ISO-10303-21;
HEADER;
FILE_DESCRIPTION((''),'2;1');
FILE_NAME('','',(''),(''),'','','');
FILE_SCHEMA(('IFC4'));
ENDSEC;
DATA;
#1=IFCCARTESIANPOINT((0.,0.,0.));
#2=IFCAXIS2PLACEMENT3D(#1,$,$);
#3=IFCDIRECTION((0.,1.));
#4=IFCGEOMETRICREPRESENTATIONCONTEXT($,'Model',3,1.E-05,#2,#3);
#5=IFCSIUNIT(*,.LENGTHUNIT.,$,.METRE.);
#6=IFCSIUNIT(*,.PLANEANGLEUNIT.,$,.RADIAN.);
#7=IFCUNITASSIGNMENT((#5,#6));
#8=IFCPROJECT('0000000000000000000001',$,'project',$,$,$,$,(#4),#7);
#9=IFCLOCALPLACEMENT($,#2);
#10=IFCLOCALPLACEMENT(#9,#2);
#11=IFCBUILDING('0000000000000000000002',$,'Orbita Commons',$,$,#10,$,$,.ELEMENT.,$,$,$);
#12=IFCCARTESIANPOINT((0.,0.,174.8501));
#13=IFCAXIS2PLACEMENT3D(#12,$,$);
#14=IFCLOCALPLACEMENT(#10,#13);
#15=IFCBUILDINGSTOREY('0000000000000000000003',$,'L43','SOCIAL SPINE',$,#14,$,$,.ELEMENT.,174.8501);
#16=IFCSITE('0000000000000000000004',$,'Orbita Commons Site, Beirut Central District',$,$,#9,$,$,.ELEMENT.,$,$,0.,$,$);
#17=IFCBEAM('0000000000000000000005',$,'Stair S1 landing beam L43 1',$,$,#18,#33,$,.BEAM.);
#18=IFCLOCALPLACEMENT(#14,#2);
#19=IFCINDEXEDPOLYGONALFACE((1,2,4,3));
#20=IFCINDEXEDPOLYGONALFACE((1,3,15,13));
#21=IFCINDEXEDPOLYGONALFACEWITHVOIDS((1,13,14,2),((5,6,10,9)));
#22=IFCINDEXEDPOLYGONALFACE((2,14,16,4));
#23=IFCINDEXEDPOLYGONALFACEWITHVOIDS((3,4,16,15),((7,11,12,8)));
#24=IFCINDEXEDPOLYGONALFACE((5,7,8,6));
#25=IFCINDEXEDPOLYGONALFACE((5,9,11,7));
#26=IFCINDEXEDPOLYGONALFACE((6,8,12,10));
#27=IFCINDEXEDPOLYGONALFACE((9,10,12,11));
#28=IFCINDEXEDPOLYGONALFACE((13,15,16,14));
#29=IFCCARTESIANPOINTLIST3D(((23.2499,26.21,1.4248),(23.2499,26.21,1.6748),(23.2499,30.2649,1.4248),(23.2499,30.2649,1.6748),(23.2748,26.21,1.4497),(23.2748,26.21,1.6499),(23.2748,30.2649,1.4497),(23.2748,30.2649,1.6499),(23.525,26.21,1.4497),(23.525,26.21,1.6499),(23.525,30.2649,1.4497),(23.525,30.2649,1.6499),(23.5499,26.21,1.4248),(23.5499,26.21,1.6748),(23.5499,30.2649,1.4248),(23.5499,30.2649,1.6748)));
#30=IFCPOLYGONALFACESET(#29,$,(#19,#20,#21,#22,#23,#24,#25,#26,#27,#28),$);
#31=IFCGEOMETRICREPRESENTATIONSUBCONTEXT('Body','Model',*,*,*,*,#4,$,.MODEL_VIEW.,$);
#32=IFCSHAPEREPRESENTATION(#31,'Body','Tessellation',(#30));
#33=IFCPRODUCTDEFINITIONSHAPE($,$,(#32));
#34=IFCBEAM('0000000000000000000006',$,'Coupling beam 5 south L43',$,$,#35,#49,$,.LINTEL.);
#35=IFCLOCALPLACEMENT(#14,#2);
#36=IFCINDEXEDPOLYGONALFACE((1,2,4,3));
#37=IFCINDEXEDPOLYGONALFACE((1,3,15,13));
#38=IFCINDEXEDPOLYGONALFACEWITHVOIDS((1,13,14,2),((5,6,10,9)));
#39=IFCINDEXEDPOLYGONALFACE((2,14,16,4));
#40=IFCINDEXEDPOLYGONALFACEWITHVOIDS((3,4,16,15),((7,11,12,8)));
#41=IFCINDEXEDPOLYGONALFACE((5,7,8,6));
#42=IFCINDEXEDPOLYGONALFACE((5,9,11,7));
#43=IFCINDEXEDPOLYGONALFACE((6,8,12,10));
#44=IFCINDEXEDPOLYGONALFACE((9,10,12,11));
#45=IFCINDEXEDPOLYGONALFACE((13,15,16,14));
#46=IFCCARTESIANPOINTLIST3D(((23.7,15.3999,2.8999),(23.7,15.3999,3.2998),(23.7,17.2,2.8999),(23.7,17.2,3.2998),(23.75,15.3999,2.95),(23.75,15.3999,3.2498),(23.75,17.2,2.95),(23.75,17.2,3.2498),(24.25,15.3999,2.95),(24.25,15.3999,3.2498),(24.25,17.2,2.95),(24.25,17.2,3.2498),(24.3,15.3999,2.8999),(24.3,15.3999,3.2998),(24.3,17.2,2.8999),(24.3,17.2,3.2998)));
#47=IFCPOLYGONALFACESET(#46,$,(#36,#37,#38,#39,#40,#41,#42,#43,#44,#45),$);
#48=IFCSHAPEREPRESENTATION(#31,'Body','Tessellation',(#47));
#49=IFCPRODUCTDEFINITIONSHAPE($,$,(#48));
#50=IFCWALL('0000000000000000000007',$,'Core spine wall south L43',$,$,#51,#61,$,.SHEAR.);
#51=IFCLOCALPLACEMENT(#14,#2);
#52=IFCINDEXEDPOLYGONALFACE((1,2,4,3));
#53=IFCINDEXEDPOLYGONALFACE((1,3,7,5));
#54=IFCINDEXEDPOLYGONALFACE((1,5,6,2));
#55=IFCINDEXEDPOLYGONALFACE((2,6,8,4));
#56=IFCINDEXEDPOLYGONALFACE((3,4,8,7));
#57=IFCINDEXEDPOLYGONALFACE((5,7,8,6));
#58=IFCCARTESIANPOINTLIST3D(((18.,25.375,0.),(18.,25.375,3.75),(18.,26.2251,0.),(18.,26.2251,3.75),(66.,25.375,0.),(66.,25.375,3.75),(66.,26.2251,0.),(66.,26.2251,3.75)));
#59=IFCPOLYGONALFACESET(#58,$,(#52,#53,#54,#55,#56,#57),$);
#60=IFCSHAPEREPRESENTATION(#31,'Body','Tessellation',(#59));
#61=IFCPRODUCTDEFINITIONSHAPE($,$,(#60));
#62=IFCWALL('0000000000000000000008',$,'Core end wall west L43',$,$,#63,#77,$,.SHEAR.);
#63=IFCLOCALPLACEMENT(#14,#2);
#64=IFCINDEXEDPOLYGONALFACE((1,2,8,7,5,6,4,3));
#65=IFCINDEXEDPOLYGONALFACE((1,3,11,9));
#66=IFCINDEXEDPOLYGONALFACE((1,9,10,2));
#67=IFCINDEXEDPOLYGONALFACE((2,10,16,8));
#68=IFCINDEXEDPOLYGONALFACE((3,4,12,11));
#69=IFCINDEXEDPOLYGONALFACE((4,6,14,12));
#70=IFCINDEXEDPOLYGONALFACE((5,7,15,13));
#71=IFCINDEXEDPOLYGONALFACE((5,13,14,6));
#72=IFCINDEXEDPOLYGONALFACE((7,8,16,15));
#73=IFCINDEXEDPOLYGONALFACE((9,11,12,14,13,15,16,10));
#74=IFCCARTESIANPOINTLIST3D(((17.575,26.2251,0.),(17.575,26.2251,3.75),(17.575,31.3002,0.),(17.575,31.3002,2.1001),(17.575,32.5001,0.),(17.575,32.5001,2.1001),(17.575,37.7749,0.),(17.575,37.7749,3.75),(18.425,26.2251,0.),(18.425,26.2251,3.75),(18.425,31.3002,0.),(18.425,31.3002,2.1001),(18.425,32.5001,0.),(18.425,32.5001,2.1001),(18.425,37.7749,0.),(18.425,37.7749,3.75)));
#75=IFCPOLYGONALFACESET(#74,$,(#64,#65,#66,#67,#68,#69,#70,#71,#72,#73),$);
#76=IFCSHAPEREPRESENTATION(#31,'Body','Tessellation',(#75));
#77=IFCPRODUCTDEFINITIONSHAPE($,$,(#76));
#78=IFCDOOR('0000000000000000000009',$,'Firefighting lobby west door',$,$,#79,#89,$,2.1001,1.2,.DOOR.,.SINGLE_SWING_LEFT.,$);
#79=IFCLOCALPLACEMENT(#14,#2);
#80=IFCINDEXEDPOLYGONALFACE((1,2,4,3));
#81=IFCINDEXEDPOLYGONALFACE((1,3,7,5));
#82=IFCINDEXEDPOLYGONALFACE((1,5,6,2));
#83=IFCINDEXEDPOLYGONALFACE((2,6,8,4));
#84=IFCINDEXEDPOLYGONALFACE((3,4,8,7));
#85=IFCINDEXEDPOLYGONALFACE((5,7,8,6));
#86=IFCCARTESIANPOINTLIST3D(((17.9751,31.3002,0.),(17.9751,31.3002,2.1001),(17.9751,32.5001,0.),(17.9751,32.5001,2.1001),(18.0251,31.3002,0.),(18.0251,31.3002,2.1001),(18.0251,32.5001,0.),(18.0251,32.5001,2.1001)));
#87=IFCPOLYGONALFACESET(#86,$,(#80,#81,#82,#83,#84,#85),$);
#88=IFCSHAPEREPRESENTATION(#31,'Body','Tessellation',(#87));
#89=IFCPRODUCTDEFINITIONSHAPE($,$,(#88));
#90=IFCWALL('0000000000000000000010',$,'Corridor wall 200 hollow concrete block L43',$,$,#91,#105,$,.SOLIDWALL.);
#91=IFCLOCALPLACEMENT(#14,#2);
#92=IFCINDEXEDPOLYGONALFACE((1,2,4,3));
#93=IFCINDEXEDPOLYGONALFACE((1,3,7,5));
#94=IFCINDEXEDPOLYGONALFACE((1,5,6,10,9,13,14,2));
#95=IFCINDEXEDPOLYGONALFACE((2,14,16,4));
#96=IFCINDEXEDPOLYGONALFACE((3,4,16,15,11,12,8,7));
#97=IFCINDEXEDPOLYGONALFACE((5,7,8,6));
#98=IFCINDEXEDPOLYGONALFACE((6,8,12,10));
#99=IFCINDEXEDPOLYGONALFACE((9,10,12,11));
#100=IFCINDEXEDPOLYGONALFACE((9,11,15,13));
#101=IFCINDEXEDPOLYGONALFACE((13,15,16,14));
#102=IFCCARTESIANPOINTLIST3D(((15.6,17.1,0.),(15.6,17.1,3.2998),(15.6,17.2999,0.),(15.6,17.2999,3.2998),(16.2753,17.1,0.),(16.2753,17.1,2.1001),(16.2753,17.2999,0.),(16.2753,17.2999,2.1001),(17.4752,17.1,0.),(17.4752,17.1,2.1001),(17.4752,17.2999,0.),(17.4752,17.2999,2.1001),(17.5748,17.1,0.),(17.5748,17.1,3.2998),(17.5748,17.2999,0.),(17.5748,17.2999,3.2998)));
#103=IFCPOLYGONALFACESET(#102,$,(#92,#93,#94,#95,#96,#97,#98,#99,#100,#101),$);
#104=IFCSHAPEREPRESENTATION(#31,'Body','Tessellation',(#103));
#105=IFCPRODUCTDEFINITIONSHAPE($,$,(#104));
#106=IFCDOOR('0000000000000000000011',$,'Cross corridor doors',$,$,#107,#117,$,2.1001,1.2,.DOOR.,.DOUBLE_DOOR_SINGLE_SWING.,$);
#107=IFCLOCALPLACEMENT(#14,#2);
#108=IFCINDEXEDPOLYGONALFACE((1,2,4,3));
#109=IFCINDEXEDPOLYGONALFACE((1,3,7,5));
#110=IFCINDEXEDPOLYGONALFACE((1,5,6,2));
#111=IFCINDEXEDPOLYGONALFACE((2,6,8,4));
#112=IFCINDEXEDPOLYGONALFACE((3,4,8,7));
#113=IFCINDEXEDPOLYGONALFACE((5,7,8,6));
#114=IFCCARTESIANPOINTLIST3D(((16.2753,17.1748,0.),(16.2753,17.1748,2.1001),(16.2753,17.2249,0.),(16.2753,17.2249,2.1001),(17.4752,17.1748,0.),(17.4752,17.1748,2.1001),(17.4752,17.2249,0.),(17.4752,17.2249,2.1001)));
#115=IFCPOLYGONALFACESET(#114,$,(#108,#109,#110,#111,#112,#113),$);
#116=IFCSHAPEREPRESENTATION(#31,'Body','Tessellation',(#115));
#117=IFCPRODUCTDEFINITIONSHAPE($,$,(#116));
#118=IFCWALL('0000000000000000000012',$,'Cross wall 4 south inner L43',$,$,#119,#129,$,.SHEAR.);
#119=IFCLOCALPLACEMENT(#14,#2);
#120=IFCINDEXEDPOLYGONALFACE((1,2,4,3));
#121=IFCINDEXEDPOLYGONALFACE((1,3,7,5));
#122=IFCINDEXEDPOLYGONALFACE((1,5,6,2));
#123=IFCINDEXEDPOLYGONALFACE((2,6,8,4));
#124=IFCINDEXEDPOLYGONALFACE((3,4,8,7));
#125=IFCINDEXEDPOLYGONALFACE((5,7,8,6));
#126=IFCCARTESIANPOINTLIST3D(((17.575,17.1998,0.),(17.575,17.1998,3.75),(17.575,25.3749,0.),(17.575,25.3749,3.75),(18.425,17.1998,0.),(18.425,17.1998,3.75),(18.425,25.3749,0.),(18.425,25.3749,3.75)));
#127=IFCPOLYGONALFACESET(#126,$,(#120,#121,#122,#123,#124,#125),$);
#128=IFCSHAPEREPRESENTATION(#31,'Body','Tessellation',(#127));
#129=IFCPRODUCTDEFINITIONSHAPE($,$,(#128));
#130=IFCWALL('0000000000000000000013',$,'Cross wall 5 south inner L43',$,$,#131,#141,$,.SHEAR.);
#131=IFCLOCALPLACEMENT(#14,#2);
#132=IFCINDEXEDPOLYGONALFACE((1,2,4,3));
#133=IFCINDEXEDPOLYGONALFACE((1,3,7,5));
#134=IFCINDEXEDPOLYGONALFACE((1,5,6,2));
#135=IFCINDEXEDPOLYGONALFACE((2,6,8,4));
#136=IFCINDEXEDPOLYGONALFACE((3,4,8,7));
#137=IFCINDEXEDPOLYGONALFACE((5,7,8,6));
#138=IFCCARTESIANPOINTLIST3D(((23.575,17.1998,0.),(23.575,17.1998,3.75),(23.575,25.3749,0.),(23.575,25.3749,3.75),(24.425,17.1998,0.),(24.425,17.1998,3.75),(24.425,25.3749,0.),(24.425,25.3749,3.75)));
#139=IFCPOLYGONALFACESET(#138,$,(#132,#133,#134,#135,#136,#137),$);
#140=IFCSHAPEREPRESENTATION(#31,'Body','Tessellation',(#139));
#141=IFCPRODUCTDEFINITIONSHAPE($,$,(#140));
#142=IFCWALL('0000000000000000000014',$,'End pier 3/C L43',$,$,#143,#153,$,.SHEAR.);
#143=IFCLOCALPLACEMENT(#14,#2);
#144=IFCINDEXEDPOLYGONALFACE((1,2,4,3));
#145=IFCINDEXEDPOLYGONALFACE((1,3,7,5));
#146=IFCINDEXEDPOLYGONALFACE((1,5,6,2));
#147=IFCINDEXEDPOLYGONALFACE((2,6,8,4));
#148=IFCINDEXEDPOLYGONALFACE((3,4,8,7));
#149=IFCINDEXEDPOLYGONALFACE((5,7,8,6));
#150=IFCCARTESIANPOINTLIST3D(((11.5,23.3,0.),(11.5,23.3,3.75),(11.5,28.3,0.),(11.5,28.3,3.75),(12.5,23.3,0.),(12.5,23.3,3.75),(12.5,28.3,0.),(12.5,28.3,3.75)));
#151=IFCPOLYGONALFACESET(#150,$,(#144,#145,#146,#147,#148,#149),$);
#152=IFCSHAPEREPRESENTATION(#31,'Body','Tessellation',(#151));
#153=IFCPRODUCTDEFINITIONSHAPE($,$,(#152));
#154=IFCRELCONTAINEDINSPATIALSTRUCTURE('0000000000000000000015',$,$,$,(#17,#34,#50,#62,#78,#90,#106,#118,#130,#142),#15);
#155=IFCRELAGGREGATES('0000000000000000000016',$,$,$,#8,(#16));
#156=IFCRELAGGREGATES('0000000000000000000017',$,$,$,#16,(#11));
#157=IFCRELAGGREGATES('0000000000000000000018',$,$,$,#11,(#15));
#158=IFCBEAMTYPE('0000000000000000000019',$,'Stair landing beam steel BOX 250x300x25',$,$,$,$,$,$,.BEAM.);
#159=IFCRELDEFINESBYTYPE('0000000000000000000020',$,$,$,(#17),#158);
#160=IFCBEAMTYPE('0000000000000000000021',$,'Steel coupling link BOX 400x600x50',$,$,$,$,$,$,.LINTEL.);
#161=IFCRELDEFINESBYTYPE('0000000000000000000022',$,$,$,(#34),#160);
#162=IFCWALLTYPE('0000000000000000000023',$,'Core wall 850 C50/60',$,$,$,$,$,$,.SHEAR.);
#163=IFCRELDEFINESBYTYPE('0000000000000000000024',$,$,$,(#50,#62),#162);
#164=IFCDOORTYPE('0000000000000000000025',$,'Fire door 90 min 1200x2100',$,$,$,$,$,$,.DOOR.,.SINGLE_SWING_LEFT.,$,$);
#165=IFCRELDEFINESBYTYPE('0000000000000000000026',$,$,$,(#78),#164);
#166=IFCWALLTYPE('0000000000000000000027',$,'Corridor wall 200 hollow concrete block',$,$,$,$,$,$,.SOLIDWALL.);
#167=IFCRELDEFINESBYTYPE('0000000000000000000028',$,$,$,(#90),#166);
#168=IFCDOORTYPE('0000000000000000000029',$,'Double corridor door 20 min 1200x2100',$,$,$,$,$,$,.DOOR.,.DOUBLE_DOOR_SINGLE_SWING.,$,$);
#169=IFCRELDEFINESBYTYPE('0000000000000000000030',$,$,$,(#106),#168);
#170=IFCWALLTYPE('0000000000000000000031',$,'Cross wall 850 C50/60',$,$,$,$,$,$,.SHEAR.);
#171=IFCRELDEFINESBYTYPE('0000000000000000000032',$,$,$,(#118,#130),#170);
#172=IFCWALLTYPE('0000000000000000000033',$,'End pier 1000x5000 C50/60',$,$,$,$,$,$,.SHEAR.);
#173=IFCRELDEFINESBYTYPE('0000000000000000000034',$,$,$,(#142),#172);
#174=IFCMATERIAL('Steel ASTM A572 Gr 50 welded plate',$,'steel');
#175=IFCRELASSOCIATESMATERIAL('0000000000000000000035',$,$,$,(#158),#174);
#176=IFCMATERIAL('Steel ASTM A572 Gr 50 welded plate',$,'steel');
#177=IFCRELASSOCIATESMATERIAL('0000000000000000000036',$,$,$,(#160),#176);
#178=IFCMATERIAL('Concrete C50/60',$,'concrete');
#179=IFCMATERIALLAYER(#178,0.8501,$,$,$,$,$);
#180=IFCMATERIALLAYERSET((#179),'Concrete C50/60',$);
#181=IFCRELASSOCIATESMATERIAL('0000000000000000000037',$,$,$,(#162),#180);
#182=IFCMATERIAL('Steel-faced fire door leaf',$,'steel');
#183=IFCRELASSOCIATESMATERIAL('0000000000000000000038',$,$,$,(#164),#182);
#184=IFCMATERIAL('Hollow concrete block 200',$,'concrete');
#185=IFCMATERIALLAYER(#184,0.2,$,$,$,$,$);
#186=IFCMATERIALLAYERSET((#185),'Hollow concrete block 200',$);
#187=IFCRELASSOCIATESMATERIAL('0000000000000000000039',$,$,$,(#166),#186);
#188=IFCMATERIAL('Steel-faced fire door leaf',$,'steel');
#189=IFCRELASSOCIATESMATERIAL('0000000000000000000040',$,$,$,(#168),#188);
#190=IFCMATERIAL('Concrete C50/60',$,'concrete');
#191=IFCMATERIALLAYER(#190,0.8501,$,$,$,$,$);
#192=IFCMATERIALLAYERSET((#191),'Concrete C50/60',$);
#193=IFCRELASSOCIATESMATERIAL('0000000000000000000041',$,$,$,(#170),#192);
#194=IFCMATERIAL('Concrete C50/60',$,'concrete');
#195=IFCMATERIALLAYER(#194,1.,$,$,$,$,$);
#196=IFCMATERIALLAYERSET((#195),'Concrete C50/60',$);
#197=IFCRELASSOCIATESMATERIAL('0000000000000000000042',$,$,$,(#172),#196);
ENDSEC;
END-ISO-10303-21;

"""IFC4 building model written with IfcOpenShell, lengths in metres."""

from ifc_helpers import new_model, si_unit, direction, frame, frame_2d, origin, origin_2d, place, context, subcontext, project, spatial, rectangle, hollow_rectangle, extrude, material, layer, layer_set, material_profile, profile_set, type_object, element, fill, save


model = new_model("IFC4")

# Units and contexts
model_context = context("Model", 3, precision=1e-05, world=origin(), true_north=direction((0.0, 1.0)))
body_context = subcontext(model_context, "Body", "Model", "MODEL_VIEW")
ifc_project = project(units=[si_unit("LENGTHUNIT", "METRE"), si_unit("PLANEANGLEUNIT", "RADIAN")], contexts=[model_context])

# Site, building, storey
site_placement = place(None, origin())
site = spatial("IfcSite", under=ifc_project, at=site_placement, Name="Orbita Commons Site, Beirut Central District", CompositionType="ELEMENT", RefElevation=0.0)
building_placement = place(site_placement, origin())
building = spatial("IfcBuilding", under=site, at=building_placement, Name="Orbita Commons", CompositionType="ELEMENT")
storey_placement = place(building_placement, frame((0.0, 0.0, 174.8501)))
storey = spatial("IfcBuildingStorey", under=building, at=storey_placement, Name="L43", Description="SOCIAL SPINE", CompositionType="ELEMENT", Elevation=174.8501)

# Beams
ifc_material_1 = material(Name="Steel ASTM A572 Gr 50 welded plate", Category="steel")
ifc_material_profile_1 = material_profile(ifc_material_1, hollow_rectangle(XDim=0.3, YDim=0.25, WallThickness=0.0249, at=origin_2d()), Name="BOX 250x300x25")
ifc_profile_set_1 = profile_set([ifc_material_profile_1], Name="Steel ASTM A572 Gr 50 welded plate")
beam_type_1 = type_object("IfcBeamType", Name="Stair landing beam steel BOX 250x300x25", PredefinedType="BEAM", material=ifc_profile_set_1)
beam_1_placement = place(storey_placement, frame((23.3999, 26.21, 1.5498), z_axis=(0.0, 1.0, 0.0), x_axis=(-1.0, 0.0, 0.0)))
element("IfcBeam", 1, at=beam_1_placement, inside=storey, type_object=beam_type_1, Name="Stair S1 landing beam L43 1", PredefinedType="BEAM", context=body_context, shape_type="SweptSolid", body=[
    extrude(hollow_rectangle(XDim=0.3, YDim=0.25, WallThickness=0.0249, at=origin_2d()), origin(), (0.0, 0.0, 1.0), 4.0549),
])
ifc_material_2 = material(Name="Steel ASTM A572 Gr 50 welded plate", Category="steel")
ifc_material_profile_2 = material_profile(ifc_material_2, hollow_rectangle(XDim=0.6001, YDim=0.3999, WallThickness=0.05, at=origin_2d()), Name="BOX 400x600x50")
ifc_profile_set_2 = profile_set([ifc_material_profile_2], Name="Steel ASTM A572 Gr 50 welded plate")
beam_type_2 = type_object("IfcBeamType", Name="Steel coupling link BOX 400x600x50", PredefinedType="LINTEL", material=ifc_profile_set_2)
beam_2_placement = place(storey_placement, frame((24.0, 15.3999, 3.0999), z_axis=(0.0, 1.0, 0.0), x_axis=(-1.0, 0.0, 0.0)))
element("IfcBeam", 2, at=beam_2_placement, inside=storey, type_object=beam_type_2, Name="Coupling beam 5 south L43", PredefinedType="LINTEL", context=body_context, shape_type="SweptSolid", body=[
    extrude(hollow_rectangle(XDim=0.6001, YDim=0.3999, WallThickness=0.05, at=origin_2d()), origin(), (0.0, 0.0, 1.0), 1.8),
])

# Wall
ifc_material_3 = material(Name="Concrete C50/60", Category="concrete")
ifc_layer_1 = layer(ifc_material_3, 0.8501)
ifc_layer_set_1 = layer_set([ifc_layer_1], Name="Concrete C50/60")
wall_type_1 = type_object("IfcWallType", Name="Core wall 850 C50/60", PredefinedType="SHEAR", material=ifc_layer_set_1)
wall_1_placement = place(storey_placement, frame((18.0, 25.8, 0.0), z_axis=(0.0, 0.0, 1.0), x_axis=(1.0, 0.0, 0.0)))
element("IfcWall", 3, at=wall_1_placement, inside=storey, type_object=wall_type_1, Name="Core spine wall south L43", PredefinedType="SHEAR", context=body_context, shape_type="SweptSolid", body=[
    extrude(rectangle(XDim=48.0, YDim=0.8501, at=frame_2d((24.0, 0.0))), origin(), (0.0, 0.0, 1.0), 3.75),
])

# Walls, openings, doors
wall_2_placement = place(storey_placement, frame((18.0, 26.2251, 0.0), z_axis=(0.0, 0.0, 1.0), x_axis=(0.0, 1.0, 0.0)))
wall_2 = element("IfcWall", 4, at=wall_2_placement, inside=storey, type_object=wall_type_1, Name="Core end wall west L43", PredefinedType="SHEAR", context=body_context, shape_type="SweptSolid", body=[
    extrude(rectangle(XDim=11.5498, YDim=0.8501, at=frame_2d((5.7749, 0.0))), origin(), (0.0, 0.0, 1.0), 3.75),
])
opening_1_placement = place(wall_2_placement, frame((5.075, 0.0, 0.0)))
opening_1 = element("IfcOpeningElement", 5, at=opening_1_placement, cuts=wall_2, PredefinedType="OPENING", context=body_context, shape_type="SweptSolid", body=[
    extrude(rectangle(XDim=1.2, YDim=2.1001, at=frame_2d((0.6001, 1.05))), frame((0.0, 0.4351, 0.0), z_axis=(0.0, -1.0, 0.0), x_axis=(1.0, 0.0, 0.0)), (0.0, 0.0, 1.0), 0.8701),
])
ifc_material_4 = material(Name="Steel-faced fire door leaf", Category="steel")
door_type_1 = type_object("IfcDoorType", Name="Fire door 90 min 1200x2100", OperationType="SINGLE_SWING_LEFT", PredefinedType="DOOR", material=ifc_material_4)
door_1_placement = place(opening_1_placement, origin())
door_1 = element("IfcDoor", 6, at=door_1_placement, inside=storey, type_object=door_type_1, Name="Firefighting lobby west door", OperationType="SINGLE_SWING_LEFT", OverallHeight=2.1001, OverallWidth=1.2, PredefinedType="DOOR", context=body_context, shape_type="SweptSolid", body=[
    extrude(rectangle(XDim=1.2, YDim=2.1001, at=frame_2d((0.6001, 1.05))), frame((0.0, 0.0249, 0.0), z_axis=(0.0, -1.0, 0.0), x_axis=(1.0, 0.0, 0.0)), (0.0, 0.0, 1.0), 0.05),
])
fill(opening_1, door_1)
ifc_material_5 = material(Name="Hollow concrete block 200", Category="concrete")
ifc_layer_2 = layer(ifc_material_5, 0.2)
ifc_layer_set_2 = layer_set([ifc_layer_2], Name="Hollow concrete block 200")
wall_type_2 = type_object("IfcWallType", Name="Corridor wall 200 hollow concrete block", PredefinedType="SOLIDWALL", material=ifc_layer_set_2)
wall_3_placement = place(storey_placement, frame((15.6001, 17.2, 0.0), z_axis=(0.0, 0.0, 1.0), x_axis=(1.0, 0.0, 0.0)))
wall_3 = element("IfcWall", 7, at=wall_3_placement, inside=storey, type_object=wall_type_2, Name="Corridor wall 200 hollow concrete block L43", PredefinedType="SOLIDWALL", context=body_context, shape_type="SweptSolid", body=[
    extrude(rectangle(XDim=1.9749, YDim=0.2, at=frame_2d((0.9873, 0.0))), origin(), (0.0, 0.0, 1.0), 3.2998),
])
opening_2_placement = place(wall_3_placement, frame((0.675, 0.0, 0.0)))
opening_2 = element("IfcOpeningElement", 8, at=opening_2_placement, cuts=wall_3, PredefinedType="OPENING", context=body_context, shape_type="SweptSolid", body=[
    extrude(rectangle(XDim=1.2, YDim=2.1001, at=frame_2d((0.6001, 1.05))), frame((0.0, 0.1099, 0.0), z_axis=(0.0, -1.0, 0.0), x_axis=(1.0, 0.0, 0.0)), (0.0, 0.0, 1.0), 0.22),
])
ifc_material_6 = material(Name="Steel-faced fire door leaf", Category="steel")
door_type_2 = type_object("IfcDoorType", Name="Double corridor door 20 min 1200x2100", OperationType="DOUBLE_DOOR_SINGLE_SWING", PredefinedType="DOOR", material=ifc_material_6)
door_2_placement = place(opening_2_placement, origin())
door_2 = element("IfcDoor", 9, at=door_2_placement, inside=storey, type_object=door_type_2, Name="Cross corridor doors", OperationType="DOUBLE_DOOR_SINGLE_SWING", OverallHeight=2.1001, OverallWidth=1.2, PredefinedType="DOOR", context=body_context, shape_type="SweptSolid", body=[
    extrude(rectangle(XDim=1.2, YDim=2.1001, at=frame_2d((0.6001, 1.05))), frame((0.0, 0.0249, 0.0), z_axis=(0.0, -1.0, 0.0), x_axis=(1.0, 0.0, 0.0)), (0.0, 0.0, 1.0), 0.05),
])
fill(opening_2, door_2)

# Walls
ifc_material_7 = material(Name="Concrete C50/60", Category="concrete")
ifc_layer_3 = layer(ifc_material_7, 0.8501)
ifc_layer_set_3 = layer_set([ifc_layer_3], Name="Concrete C50/60")
wall_type_3 = type_object("IfcWallType", Name="Cross wall 850 C50/60", PredefinedType="SHEAR", material=ifc_layer_set_3)
for number, where, z_axis, x_axis, name in (
    (10, (18.0, 17.2, 0.0), (0.0, 0.0, 1.0), (0.0, 1.0, 0.0), "Cross wall 4 south inner L43"),
    (11, (24.0, 17.2, 0.0), (0.0, 0.0, 1.0), (0.0, 1.0, 0.0), "Cross wall 5 south inner L43"),
):
    element("IfcWall", number, at=place(storey_placement, frame(where, z_axis=z_axis, x_axis=x_axis)), inside=storey, type_object=wall_type_3, Name=name, PredefinedType="SHEAR", context=body_context, shape_type="SweptSolid", body=[
        extrude(rectangle(XDim=8.175, YDim=0.8501, at=frame_2d((4.0874, 0.0))), origin(), (0.0, 0.0, 1.0), 3.75),
    ])
ifc_material_8 = material(Name="Concrete C50/60", Category="concrete")
ifc_layer_4 = layer(ifc_material_8, 1.0)
ifc_layer_set_4 = layer_set([ifc_layer_4], Name="Concrete C50/60")
wall_type_4 = type_object("IfcWallType", Name="End pier 1000x5000 C50/60", PredefinedType="SHEAR", material=ifc_layer_set_4)
wall_4_placement = place(storey_placement, frame((12.0, 23.3, 0.0), z_axis=(0.0, 0.0, 1.0), x_axis=(0.0, 1.0, 0.0)))
element("IfcWall", 12, at=wall_4_placement, inside=storey, type_object=wall_type_4, Name="End pier 3/C L43", PredefinedType="SHEAR", context=body_context, shape_type="SweptSolid", body=[
    extrude(rectangle(XDim=5.0, YDim=1.0, at=frame_2d((2.5, 0.0))), origin(), (0.0, 0.0, 1.0), 3.75),
])

save(model, "model.ifc")
